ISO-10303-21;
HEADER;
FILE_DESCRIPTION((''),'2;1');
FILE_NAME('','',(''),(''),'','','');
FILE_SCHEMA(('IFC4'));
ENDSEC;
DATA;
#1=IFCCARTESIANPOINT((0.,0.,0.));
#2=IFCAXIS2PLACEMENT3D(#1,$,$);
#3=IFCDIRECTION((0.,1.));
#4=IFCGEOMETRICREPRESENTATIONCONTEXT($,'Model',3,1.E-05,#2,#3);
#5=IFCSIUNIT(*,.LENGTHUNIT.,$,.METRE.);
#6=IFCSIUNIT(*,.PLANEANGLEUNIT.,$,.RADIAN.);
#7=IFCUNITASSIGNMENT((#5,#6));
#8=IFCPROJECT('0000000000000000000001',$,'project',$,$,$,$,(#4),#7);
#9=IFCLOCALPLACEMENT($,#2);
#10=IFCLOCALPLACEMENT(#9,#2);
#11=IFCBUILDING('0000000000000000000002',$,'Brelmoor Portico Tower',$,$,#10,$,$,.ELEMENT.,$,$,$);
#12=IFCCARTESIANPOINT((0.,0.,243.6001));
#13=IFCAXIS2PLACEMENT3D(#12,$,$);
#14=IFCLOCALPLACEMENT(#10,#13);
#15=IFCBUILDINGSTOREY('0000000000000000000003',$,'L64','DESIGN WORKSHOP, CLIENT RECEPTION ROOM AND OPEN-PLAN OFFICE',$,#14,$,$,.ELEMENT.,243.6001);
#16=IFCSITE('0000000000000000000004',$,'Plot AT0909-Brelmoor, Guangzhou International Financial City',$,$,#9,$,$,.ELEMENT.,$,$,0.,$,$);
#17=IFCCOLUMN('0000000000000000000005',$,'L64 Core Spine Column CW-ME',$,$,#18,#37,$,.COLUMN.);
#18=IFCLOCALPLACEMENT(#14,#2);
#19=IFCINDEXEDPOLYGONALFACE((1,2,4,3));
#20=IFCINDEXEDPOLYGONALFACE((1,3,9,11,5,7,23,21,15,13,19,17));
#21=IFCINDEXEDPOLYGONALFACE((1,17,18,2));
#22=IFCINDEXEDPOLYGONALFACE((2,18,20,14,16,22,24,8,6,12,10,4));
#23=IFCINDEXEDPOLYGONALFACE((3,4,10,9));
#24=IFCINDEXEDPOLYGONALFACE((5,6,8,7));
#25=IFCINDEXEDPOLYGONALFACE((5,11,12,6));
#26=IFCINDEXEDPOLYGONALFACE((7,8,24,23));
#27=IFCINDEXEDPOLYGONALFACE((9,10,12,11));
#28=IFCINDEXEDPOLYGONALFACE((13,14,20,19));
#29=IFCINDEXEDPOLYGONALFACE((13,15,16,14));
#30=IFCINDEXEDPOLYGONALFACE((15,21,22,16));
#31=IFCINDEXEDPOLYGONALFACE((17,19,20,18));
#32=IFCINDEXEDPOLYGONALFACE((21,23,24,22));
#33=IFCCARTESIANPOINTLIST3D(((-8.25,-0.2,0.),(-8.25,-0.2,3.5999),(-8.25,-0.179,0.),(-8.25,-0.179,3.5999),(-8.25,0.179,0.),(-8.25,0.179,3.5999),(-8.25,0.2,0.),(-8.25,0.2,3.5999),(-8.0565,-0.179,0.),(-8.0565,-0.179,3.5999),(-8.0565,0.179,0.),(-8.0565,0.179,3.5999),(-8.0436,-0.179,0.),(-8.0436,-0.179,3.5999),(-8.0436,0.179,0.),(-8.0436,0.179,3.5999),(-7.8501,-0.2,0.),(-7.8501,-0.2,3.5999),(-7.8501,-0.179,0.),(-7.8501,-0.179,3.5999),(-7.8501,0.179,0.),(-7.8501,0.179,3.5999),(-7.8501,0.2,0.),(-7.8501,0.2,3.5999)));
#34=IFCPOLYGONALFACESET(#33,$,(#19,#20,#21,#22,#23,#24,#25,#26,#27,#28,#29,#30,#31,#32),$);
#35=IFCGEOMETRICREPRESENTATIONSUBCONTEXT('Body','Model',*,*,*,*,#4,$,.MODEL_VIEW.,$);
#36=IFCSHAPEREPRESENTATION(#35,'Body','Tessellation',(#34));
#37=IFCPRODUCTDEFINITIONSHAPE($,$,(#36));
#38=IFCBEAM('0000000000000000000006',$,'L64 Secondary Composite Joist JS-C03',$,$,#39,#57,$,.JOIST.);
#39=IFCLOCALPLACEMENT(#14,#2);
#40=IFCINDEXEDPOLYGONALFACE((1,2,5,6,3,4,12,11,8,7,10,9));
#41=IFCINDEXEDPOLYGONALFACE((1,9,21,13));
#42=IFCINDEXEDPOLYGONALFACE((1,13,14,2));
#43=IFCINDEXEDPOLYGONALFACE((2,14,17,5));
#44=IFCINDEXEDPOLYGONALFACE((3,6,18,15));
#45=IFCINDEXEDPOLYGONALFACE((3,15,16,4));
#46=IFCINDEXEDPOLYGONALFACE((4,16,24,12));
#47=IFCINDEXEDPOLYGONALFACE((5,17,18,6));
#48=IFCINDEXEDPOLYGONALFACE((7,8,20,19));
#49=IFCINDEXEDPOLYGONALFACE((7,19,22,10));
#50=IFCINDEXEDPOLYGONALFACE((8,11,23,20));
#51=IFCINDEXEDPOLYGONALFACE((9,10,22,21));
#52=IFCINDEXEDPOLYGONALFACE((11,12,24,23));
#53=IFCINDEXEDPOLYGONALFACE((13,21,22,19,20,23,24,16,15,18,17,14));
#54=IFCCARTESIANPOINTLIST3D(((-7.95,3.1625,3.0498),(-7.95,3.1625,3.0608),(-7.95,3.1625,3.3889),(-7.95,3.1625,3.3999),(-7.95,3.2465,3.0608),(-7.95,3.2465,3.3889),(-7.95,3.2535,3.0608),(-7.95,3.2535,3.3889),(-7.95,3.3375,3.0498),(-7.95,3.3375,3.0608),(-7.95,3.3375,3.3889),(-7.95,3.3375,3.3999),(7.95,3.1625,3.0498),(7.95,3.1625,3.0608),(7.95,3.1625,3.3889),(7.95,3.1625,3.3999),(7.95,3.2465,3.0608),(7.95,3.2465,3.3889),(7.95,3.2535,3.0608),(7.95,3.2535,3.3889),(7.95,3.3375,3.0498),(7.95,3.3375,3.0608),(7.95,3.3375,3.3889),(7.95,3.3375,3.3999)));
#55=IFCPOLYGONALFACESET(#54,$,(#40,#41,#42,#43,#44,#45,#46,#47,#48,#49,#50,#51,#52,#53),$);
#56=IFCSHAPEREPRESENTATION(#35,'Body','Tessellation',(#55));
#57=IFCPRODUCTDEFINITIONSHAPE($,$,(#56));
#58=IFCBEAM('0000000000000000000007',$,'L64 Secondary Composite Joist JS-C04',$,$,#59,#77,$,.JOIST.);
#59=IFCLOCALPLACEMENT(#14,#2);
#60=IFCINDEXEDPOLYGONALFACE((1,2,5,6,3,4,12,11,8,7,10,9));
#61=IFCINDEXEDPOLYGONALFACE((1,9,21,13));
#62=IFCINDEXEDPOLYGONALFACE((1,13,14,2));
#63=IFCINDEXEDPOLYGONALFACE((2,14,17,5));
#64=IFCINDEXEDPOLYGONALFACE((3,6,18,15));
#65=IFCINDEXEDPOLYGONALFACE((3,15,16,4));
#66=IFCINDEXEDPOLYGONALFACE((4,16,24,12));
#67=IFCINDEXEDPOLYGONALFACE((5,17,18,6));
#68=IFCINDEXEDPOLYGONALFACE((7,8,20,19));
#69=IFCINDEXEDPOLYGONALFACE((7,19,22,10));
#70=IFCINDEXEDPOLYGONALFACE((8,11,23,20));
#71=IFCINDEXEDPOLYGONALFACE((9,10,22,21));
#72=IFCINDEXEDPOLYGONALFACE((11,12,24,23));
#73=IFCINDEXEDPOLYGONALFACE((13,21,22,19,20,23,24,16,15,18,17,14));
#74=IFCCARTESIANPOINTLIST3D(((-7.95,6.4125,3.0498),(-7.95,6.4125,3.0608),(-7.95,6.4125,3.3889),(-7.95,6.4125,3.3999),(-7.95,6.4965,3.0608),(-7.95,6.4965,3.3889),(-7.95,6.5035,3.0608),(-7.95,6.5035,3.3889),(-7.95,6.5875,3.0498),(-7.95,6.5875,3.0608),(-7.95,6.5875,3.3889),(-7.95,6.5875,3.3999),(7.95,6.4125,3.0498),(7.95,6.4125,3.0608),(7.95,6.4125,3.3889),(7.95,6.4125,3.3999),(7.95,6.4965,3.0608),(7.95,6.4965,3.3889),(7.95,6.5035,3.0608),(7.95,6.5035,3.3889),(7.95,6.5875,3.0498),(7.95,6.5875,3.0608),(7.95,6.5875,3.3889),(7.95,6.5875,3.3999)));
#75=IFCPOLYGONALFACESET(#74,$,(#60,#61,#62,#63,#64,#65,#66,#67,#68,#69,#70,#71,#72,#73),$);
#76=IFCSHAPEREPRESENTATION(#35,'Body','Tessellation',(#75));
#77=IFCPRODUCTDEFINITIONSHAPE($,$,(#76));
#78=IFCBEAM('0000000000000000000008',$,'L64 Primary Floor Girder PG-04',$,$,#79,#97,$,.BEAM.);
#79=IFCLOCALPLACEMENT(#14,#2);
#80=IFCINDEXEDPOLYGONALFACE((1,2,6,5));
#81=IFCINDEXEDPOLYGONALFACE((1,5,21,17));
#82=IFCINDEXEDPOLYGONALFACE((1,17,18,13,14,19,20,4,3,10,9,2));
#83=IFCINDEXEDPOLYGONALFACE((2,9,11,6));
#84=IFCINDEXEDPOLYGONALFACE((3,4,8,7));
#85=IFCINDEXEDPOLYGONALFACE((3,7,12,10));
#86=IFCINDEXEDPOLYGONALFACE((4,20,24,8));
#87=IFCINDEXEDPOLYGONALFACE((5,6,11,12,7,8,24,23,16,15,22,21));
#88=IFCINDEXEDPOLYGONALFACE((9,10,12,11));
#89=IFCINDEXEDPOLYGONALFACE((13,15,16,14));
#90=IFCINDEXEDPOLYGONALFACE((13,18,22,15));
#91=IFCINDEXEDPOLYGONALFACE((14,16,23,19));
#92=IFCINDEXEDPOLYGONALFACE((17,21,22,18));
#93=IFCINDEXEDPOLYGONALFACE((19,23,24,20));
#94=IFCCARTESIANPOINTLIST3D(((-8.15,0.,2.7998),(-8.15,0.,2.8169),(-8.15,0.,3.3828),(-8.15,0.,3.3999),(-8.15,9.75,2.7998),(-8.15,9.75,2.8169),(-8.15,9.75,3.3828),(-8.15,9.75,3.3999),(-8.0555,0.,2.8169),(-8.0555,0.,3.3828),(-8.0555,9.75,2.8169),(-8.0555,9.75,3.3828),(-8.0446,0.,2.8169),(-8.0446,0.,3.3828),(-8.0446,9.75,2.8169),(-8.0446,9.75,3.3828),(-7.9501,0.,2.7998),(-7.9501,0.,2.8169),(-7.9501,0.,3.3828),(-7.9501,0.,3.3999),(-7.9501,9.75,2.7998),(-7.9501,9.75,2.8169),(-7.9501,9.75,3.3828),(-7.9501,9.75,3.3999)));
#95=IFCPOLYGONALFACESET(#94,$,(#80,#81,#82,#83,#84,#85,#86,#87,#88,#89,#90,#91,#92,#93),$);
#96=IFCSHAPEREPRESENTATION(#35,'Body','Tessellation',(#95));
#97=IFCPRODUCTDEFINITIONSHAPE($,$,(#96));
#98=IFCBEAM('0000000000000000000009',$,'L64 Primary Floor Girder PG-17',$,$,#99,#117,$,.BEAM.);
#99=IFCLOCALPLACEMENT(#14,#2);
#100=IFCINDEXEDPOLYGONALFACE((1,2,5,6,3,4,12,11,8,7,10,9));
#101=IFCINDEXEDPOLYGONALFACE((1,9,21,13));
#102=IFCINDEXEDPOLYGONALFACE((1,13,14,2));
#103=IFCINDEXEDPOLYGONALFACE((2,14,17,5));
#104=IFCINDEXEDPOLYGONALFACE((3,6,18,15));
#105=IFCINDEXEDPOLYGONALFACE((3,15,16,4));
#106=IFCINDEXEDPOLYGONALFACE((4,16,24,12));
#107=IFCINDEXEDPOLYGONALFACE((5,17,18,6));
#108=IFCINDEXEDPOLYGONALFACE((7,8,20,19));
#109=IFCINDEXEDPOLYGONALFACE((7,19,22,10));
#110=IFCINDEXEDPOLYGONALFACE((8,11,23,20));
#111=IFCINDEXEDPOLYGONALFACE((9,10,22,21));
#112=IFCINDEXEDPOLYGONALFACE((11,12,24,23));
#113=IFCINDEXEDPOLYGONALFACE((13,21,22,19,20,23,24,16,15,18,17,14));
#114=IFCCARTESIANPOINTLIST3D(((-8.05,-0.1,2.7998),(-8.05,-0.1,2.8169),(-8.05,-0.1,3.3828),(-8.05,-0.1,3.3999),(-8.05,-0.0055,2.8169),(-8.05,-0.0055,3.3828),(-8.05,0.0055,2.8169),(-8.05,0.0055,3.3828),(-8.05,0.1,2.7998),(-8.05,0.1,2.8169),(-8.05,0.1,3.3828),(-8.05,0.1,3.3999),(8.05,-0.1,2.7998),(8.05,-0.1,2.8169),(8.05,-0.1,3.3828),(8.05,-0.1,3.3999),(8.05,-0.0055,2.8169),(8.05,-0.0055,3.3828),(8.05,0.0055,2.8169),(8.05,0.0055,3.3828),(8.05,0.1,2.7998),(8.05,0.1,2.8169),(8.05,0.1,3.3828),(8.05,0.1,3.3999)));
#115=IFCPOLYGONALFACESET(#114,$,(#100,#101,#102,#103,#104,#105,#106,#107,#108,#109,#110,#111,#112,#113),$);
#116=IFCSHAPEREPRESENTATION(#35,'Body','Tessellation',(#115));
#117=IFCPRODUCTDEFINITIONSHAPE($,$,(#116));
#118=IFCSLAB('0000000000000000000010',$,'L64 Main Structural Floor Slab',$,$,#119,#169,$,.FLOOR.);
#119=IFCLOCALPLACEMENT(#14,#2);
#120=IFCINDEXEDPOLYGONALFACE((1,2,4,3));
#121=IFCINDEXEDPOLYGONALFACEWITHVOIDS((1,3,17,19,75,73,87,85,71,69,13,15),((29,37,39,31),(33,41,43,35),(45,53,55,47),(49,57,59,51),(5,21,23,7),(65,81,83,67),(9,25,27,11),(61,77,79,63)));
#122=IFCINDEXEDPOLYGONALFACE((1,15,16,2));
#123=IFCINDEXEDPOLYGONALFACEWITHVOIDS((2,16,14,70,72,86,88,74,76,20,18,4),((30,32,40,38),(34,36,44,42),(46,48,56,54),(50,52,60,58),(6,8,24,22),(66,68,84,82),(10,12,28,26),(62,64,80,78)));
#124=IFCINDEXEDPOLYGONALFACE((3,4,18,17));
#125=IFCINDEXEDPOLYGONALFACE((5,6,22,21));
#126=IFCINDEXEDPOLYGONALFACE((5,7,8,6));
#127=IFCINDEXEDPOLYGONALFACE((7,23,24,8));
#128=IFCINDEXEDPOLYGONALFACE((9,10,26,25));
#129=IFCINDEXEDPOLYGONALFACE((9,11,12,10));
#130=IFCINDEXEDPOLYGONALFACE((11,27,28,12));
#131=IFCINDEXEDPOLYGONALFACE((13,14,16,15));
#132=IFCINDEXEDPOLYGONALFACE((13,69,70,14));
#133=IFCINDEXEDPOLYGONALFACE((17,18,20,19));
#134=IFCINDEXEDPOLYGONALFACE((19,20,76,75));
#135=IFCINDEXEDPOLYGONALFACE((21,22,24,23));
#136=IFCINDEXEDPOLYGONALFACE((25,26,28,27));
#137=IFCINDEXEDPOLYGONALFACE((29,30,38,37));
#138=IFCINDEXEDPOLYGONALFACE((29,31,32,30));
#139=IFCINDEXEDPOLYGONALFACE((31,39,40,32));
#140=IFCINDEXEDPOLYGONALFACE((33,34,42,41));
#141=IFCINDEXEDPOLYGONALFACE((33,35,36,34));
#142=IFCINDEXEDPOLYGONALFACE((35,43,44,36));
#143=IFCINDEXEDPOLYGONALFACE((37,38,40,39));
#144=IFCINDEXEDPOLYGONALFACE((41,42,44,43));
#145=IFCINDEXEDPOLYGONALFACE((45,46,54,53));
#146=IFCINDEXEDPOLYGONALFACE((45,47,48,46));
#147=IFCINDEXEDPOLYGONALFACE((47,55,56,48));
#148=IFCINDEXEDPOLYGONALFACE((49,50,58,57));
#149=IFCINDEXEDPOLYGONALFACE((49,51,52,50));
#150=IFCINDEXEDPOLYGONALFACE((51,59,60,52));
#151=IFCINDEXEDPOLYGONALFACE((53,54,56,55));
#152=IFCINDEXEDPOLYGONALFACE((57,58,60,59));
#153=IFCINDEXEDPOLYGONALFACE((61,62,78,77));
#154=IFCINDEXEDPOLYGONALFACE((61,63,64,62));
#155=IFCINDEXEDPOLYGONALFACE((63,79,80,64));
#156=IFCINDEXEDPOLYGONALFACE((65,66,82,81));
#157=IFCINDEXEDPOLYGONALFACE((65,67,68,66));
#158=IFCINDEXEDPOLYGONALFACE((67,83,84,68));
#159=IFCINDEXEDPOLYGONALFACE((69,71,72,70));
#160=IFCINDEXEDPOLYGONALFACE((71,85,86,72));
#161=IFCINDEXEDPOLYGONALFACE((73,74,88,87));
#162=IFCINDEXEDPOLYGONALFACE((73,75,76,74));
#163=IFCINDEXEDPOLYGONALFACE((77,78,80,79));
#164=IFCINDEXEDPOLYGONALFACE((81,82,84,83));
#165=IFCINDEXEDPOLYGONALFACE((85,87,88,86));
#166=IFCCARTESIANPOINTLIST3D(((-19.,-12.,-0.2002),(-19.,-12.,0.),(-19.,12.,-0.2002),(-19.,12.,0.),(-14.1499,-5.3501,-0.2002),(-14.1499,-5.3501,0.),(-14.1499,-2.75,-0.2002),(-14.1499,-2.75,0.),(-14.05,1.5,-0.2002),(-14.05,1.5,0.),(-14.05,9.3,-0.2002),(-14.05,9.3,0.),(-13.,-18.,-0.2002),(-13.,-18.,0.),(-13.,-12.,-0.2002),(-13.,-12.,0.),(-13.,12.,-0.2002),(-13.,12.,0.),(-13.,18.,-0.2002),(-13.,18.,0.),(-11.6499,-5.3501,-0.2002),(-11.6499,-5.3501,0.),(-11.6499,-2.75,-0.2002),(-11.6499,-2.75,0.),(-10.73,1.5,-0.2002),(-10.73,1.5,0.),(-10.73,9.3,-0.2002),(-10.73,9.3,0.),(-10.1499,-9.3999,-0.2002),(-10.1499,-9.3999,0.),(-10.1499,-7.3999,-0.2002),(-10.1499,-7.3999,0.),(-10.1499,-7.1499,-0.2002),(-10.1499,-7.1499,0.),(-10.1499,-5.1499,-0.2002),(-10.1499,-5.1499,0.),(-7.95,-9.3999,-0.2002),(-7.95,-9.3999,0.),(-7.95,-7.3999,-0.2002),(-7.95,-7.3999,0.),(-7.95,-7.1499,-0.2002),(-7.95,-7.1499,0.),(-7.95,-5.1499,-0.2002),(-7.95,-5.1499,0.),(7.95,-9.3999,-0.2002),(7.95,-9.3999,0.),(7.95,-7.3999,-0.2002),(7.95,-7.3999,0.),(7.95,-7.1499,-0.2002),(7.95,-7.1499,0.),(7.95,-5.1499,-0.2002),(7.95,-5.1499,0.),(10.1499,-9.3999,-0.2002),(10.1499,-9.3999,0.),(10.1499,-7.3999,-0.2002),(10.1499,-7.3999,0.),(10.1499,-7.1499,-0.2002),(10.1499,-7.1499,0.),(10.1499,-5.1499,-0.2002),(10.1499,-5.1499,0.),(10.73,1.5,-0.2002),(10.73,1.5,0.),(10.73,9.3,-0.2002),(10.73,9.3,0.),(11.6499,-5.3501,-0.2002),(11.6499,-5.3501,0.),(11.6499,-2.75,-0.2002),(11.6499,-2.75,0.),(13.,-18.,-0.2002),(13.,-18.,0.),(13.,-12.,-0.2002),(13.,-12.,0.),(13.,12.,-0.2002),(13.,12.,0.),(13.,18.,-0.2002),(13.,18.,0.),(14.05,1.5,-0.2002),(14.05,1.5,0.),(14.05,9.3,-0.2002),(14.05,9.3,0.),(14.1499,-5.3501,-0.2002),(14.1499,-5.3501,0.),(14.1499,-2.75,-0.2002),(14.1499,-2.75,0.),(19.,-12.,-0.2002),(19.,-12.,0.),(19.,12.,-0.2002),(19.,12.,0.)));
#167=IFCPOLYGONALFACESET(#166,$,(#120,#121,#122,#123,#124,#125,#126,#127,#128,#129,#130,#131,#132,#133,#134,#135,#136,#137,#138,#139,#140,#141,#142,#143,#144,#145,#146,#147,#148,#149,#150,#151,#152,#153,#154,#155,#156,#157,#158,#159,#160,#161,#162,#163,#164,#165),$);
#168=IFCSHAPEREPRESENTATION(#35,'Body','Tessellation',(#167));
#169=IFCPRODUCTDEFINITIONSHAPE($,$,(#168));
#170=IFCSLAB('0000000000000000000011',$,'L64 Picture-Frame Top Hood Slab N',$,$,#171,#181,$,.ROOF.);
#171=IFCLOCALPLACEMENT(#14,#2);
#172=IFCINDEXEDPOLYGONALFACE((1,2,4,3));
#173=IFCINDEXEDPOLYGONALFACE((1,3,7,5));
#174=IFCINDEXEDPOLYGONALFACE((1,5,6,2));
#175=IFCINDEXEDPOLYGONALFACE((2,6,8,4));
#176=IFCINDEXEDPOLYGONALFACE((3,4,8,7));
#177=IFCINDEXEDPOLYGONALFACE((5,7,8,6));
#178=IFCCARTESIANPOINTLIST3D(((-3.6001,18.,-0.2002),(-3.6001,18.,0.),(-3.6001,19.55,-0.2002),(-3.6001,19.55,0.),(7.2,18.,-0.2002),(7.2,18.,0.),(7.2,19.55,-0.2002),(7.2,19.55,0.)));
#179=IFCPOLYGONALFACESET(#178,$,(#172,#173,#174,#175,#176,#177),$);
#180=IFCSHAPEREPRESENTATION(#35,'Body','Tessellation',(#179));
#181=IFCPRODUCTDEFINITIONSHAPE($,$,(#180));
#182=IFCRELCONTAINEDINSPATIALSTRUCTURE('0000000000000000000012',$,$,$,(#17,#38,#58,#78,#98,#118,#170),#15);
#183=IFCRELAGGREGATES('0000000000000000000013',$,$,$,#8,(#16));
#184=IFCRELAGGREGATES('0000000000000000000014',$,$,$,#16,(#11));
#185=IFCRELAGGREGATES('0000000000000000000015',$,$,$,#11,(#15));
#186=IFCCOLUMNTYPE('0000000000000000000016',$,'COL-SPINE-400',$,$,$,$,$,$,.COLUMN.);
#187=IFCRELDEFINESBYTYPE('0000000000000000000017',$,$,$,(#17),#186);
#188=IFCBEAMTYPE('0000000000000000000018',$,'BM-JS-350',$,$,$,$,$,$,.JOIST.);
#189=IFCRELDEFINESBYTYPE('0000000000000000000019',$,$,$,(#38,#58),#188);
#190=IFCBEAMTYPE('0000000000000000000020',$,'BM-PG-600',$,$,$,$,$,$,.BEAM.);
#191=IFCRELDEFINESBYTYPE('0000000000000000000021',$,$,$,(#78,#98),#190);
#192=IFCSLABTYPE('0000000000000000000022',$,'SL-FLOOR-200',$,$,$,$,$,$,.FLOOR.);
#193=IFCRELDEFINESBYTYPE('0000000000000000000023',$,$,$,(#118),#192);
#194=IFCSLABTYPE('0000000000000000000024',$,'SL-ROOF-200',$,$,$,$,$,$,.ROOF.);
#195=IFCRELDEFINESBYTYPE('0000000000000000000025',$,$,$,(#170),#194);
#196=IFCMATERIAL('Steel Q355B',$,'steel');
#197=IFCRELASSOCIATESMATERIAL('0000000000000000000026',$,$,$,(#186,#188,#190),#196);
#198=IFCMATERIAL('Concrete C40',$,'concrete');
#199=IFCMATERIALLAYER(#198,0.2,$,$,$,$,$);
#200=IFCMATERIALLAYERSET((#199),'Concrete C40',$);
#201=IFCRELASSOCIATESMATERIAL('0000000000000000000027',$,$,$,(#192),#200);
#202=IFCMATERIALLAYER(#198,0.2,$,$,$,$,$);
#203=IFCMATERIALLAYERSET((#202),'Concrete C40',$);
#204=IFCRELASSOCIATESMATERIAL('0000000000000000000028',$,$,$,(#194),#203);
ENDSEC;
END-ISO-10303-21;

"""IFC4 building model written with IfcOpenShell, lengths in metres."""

from ifc_helpers import new_model, si_unit, direction, frame, origin, origin_2d, place, context, subcontext, project, spatial, polyline, i_section, outline, extrude, material, layer, layer_set, material_profile, profile_set, type_object, element, save


model = new_model("IFC4")

# Units and contexts
model_context = context("Model", 3, precision=1e-05, world=origin(), true_north=direction((0.0, 1.0)))
body_context = subcontext(model_context, "Body", "Model", "MODEL_VIEW")
ifc_project = project(units=[si_unit("LENGTHUNIT", "METRE"), si_unit("PLANEANGLEUNIT", "RADIAN")], contexts=[model_context])

# Site, building, storey
site_placement = place(None, origin())
site = spatial("IfcSite", under=ifc_project, at=site_placement, Name="Plot AT0909-Brelmoor, Guangzhou International Financial City", CompositionType="ELEMENT", RefElevation=0.0)
building_placement = place(site_placement, origin())
building = spatial("IfcBuilding", under=site, at=building_placement, Name="Brelmoor Portico Tower", CompositionType="ELEMENT")
storey_placement = place(building_placement, frame((0.0, 0.0, 243.6001)))
storey = spatial("IfcBuildingStorey", under=building, at=storey_placement, Name="L64", Description="DESIGN WORKSHOP, CLIENT RECEPTION ROOM AND OPEN-PLAN OFFICE", CompositionType="ELEMENT", Elevation=243.6001)

# Column
ifc_material_1 = material(Name="Steel Q355B", Category="steel")
ifc_material_profile_1 = material_profile(ifc_material_1, i_section(OverallWidth=0.3999, OverallDepth=0.3999, WebThickness=0.0129, FlangeThickness=0.021, at=origin_2d()), Name="HW 400x400x13x21")
ifc_profile_set_1 = profile_set([ifc_material_profile_1], Name="Steel Q355B")
column_type = type_object("IfcColumnType", Name="COL-SPINE-400", PredefinedType="COLUMN", material=ifc_profile_set_1)
column_placement = place(storey_placement, frame((-8.05, 0.0, 0.0), z_axis=(0.0, 0.0, 1.0), x_axis=(1.0, 0.0, 0.0)))
element("IfcColumn", 1, at=column_placement, inside=storey, type_object=column_type, Name="L64 Core Spine Column CW-ME", PredefinedType="COLUMN", context=body_context, shape_type="SweptSolid", body=[
    extrude(i_section(OverallWidth=0.3999, OverallDepth=0.3999, WebThickness=0.0129, FlangeThickness=0.021, at=origin_2d()), origin(), (0.0, 0.0, 1.0), 3.5999),
])

# Beams
ifc_material_profile_2 = material_profile(ifc_material_1, i_section(OverallWidth=0.175, OverallDepth=0.3501, WebThickness=0.0071, FlangeThickness=0.011, at=origin_2d()), Name="HN 350x175x7x11")
ifc_profile_set_2 = profile_set([ifc_material_profile_2], Name="Steel Q355B")
beam_type_1 = type_object("IfcBeamType", Name="BM-JS-350", PredefinedType="JOIST", material=ifc_profile_set_2)
for number, where, z_axis, x_axis, name in (
    (2, (-7.95, 3.25, 3.2249), (1.0, 0.0, 0.0), (0.0, 1.0, 0.0), "L64 Secondary Composite Joist JS-C03"),
    (3, (-7.95, 6.5, 3.2249), (1.0, 0.0, 0.0), (0.0, 1.0, 0.0), "L64 Secondary Composite Joist JS-C04"),
):
    element("IfcBeam", number, at=place(storey_placement, frame(where, z_axis=z_axis, x_axis=x_axis)), inside=storey, type_object=beam_type_1, Name=name, PredefinedType="JOIST", context=body_context, shape_type="SweptSolid", body=[
        extrude(i_section(OverallWidth=0.175, OverallDepth=0.3501, WebThickness=0.0071, FlangeThickness=0.011, at=origin_2d()), origin(), (0.0, 0.0, 1.0), 15.8999),
    ])
ifc_material_profile_3 = material_profile(ifc_material_1, i_section(OverallWidth=0.2, OverallDepth=0.6001, WebThickness=0.011, FlangeThickness=0.0171, at=origin_2d()), Name="HN 600x200x11x17")
ifc_profile_set_3 = profile_set([ifc_material_profile_3], Name="Steel Q355B")
beam_type_2 = type_object("IfcBeamType", Name="BM-PG-600", PredefinedType="BEAM", material=ifc_profile_set_3)
beam_1_placement = place(storey_placement, frame((-8.05, 0.0, 3.0999), z_axis=(0.0, 1.0, 0.0), x_axis=(-1.0, 0.0, 0.0)))
element("IfcBeam", 4, at=beam_1_placement, inside=storey, type_object=beam_type_2, Name="L64 Primary Floor Girder PG-04", PredefinedType="BEAM", context=body_context, shape_type="SweptSolid", body=[
    extrude(i_section(OverallWidth=0.2, OverallDepth=0.6001, WebThickness=0.011, FlangeThickness=0.0171, at=origin_2d()), origin(), (0.0, 0.0, 1.0), 9.75),
])
beam_2_placement = place(storey_placement, frame((-8.05, 0.0, 3.0999), z_axis=(1.0, 0.0, 0.0), x_axis=(0.0, 1.0, 0.0)))
element("IfcBeam", 5, at=beam_2_placement, inside=storey, type_object=beam_type_2, Name="L64 Primary Floor Girder PG-17", PredefinedType="BEAM", context=body_context, shape_type="SweptSolid", body=[
    extrude(i_section(OverallWidth=0.2, OverallDepth=0.6001, WebThickness=0.011, FlangeThickness=0.0171, at=origin_2d()), origin(), (0.0, 0.0, 1.0), 16.1001),
])

# Slabs
ifc_material_2 = material(Name="Concrete C40", Category="concrete")
ifc_layer_1 = layer(ifc_material_2, 0.2)
ifc_layer_set_1 = layer_set([ifc_layer_1], Name="Concrete C40")
slab_type_1 = type_object("IfcSlabType", Name="SL-FLOOR-200", PredefinedType="FLOOR", material=ifc_layer_set_1)
slab_1_placement = place(storey_placement, frame((0.0, 0.0, -0.2002)))
element("IfcSlab", 6, at=slab_1_placement, inside=storey, type_object=slab_type_1, Name="L64 Main Structural Floor Slab", PredefinedType="FLOOR", context=body_context, shape_type="SweptSolid", body=[
    extrude(outline(polyline([(-13.0, -18.0), (13.0, -18.0), (13.0, -12.0), (19.0, -12.0), (19.0, 12.0), (13.0, 12.0), (13.0, 18.0), (-13.0, 18.0), (-13.0, 12.0), (-19.0, 12.0), (-19.0, -12.0), (-13.0, -12.0), (-13.0, -18.0)]), holes=[polyline([(-10.73, 1.5), (-10.73, 9.3), (-14.05, 9.3), (-14.05, 1.5), (-10.73, 1.5)]), polyline([(14.05, 1.5), (14.05, 9.3), (10.73, 9.3), (10.73, 1.5), (14.05, 1.5)]), polyline([(-10.1499, -9.3999), (-7.95, -9.3999), (-7.95, -7.3999), (-10.1499, -7.3999), (-10.1499, -9.3999)]), polyline([(-10.1499, -7.1499), (-7.95, -7.1499), (-7.95, -5.1499), (-10.1499, -5.1499), (-10.1499, -7.1499)]), polyline([(7.95, -9.3999), (10.1499, -9.3999), (10.1499, -7.3999), (7.95, -7.3999), (7.95, -9.3999)]), polyline([(7.95, -7.1499), (10.1499, -7.1499), (10.1499, -5.1499), (7.95, -5.1499), (7.95, -7.1499)]), polyline([(-14.1499, -5.3501), (-11.6499, -5.3501), (-11.6499, -2.75), (-14.1499, -2.75), (-14.1499, -5.3501)]), polyline([(11.6499, -5.3501), (14.1499, -5.3501), (14.1499, -2.75), (11.6499, -2.75), (11.6499, -5.3501)])]), origin(), (0.0, 0.0, 1.0), 0.2002),
])
ifc_layer_2 = layer(ifc_material_2, 0.2)
ifc_layer_set_2 = layer_set([ifc_layer_2], Name="Concrete C40")
slab_type_2 = type_object("IfcSlabType", Name="SL-ROOF-200", PredefinedType="ROOF", material=ifc_layer_set_2)
slab_2_placement = place(storey_placement, frame((0.0, 0.0, -0.2002)))
element("IfcSlab", 7, at=slab_2_placement, inside=storey, type_object=slab_type_2, Name="L64 Picture-Frame Top Hood Slab N", PredefinedType="ROOF", context=body_context, shape_type="SweptSolid", body=[
    extrude(outline(polyline([(-3.6001, 18.0), (7.2, 18.0), (7.2, 19.55), (-3.6001, 19.55), (-3.6001, 18.0)])), origin(), (0.0, 0.0, 1.0), 0.2002),
])

save(model, "model.ifc")
